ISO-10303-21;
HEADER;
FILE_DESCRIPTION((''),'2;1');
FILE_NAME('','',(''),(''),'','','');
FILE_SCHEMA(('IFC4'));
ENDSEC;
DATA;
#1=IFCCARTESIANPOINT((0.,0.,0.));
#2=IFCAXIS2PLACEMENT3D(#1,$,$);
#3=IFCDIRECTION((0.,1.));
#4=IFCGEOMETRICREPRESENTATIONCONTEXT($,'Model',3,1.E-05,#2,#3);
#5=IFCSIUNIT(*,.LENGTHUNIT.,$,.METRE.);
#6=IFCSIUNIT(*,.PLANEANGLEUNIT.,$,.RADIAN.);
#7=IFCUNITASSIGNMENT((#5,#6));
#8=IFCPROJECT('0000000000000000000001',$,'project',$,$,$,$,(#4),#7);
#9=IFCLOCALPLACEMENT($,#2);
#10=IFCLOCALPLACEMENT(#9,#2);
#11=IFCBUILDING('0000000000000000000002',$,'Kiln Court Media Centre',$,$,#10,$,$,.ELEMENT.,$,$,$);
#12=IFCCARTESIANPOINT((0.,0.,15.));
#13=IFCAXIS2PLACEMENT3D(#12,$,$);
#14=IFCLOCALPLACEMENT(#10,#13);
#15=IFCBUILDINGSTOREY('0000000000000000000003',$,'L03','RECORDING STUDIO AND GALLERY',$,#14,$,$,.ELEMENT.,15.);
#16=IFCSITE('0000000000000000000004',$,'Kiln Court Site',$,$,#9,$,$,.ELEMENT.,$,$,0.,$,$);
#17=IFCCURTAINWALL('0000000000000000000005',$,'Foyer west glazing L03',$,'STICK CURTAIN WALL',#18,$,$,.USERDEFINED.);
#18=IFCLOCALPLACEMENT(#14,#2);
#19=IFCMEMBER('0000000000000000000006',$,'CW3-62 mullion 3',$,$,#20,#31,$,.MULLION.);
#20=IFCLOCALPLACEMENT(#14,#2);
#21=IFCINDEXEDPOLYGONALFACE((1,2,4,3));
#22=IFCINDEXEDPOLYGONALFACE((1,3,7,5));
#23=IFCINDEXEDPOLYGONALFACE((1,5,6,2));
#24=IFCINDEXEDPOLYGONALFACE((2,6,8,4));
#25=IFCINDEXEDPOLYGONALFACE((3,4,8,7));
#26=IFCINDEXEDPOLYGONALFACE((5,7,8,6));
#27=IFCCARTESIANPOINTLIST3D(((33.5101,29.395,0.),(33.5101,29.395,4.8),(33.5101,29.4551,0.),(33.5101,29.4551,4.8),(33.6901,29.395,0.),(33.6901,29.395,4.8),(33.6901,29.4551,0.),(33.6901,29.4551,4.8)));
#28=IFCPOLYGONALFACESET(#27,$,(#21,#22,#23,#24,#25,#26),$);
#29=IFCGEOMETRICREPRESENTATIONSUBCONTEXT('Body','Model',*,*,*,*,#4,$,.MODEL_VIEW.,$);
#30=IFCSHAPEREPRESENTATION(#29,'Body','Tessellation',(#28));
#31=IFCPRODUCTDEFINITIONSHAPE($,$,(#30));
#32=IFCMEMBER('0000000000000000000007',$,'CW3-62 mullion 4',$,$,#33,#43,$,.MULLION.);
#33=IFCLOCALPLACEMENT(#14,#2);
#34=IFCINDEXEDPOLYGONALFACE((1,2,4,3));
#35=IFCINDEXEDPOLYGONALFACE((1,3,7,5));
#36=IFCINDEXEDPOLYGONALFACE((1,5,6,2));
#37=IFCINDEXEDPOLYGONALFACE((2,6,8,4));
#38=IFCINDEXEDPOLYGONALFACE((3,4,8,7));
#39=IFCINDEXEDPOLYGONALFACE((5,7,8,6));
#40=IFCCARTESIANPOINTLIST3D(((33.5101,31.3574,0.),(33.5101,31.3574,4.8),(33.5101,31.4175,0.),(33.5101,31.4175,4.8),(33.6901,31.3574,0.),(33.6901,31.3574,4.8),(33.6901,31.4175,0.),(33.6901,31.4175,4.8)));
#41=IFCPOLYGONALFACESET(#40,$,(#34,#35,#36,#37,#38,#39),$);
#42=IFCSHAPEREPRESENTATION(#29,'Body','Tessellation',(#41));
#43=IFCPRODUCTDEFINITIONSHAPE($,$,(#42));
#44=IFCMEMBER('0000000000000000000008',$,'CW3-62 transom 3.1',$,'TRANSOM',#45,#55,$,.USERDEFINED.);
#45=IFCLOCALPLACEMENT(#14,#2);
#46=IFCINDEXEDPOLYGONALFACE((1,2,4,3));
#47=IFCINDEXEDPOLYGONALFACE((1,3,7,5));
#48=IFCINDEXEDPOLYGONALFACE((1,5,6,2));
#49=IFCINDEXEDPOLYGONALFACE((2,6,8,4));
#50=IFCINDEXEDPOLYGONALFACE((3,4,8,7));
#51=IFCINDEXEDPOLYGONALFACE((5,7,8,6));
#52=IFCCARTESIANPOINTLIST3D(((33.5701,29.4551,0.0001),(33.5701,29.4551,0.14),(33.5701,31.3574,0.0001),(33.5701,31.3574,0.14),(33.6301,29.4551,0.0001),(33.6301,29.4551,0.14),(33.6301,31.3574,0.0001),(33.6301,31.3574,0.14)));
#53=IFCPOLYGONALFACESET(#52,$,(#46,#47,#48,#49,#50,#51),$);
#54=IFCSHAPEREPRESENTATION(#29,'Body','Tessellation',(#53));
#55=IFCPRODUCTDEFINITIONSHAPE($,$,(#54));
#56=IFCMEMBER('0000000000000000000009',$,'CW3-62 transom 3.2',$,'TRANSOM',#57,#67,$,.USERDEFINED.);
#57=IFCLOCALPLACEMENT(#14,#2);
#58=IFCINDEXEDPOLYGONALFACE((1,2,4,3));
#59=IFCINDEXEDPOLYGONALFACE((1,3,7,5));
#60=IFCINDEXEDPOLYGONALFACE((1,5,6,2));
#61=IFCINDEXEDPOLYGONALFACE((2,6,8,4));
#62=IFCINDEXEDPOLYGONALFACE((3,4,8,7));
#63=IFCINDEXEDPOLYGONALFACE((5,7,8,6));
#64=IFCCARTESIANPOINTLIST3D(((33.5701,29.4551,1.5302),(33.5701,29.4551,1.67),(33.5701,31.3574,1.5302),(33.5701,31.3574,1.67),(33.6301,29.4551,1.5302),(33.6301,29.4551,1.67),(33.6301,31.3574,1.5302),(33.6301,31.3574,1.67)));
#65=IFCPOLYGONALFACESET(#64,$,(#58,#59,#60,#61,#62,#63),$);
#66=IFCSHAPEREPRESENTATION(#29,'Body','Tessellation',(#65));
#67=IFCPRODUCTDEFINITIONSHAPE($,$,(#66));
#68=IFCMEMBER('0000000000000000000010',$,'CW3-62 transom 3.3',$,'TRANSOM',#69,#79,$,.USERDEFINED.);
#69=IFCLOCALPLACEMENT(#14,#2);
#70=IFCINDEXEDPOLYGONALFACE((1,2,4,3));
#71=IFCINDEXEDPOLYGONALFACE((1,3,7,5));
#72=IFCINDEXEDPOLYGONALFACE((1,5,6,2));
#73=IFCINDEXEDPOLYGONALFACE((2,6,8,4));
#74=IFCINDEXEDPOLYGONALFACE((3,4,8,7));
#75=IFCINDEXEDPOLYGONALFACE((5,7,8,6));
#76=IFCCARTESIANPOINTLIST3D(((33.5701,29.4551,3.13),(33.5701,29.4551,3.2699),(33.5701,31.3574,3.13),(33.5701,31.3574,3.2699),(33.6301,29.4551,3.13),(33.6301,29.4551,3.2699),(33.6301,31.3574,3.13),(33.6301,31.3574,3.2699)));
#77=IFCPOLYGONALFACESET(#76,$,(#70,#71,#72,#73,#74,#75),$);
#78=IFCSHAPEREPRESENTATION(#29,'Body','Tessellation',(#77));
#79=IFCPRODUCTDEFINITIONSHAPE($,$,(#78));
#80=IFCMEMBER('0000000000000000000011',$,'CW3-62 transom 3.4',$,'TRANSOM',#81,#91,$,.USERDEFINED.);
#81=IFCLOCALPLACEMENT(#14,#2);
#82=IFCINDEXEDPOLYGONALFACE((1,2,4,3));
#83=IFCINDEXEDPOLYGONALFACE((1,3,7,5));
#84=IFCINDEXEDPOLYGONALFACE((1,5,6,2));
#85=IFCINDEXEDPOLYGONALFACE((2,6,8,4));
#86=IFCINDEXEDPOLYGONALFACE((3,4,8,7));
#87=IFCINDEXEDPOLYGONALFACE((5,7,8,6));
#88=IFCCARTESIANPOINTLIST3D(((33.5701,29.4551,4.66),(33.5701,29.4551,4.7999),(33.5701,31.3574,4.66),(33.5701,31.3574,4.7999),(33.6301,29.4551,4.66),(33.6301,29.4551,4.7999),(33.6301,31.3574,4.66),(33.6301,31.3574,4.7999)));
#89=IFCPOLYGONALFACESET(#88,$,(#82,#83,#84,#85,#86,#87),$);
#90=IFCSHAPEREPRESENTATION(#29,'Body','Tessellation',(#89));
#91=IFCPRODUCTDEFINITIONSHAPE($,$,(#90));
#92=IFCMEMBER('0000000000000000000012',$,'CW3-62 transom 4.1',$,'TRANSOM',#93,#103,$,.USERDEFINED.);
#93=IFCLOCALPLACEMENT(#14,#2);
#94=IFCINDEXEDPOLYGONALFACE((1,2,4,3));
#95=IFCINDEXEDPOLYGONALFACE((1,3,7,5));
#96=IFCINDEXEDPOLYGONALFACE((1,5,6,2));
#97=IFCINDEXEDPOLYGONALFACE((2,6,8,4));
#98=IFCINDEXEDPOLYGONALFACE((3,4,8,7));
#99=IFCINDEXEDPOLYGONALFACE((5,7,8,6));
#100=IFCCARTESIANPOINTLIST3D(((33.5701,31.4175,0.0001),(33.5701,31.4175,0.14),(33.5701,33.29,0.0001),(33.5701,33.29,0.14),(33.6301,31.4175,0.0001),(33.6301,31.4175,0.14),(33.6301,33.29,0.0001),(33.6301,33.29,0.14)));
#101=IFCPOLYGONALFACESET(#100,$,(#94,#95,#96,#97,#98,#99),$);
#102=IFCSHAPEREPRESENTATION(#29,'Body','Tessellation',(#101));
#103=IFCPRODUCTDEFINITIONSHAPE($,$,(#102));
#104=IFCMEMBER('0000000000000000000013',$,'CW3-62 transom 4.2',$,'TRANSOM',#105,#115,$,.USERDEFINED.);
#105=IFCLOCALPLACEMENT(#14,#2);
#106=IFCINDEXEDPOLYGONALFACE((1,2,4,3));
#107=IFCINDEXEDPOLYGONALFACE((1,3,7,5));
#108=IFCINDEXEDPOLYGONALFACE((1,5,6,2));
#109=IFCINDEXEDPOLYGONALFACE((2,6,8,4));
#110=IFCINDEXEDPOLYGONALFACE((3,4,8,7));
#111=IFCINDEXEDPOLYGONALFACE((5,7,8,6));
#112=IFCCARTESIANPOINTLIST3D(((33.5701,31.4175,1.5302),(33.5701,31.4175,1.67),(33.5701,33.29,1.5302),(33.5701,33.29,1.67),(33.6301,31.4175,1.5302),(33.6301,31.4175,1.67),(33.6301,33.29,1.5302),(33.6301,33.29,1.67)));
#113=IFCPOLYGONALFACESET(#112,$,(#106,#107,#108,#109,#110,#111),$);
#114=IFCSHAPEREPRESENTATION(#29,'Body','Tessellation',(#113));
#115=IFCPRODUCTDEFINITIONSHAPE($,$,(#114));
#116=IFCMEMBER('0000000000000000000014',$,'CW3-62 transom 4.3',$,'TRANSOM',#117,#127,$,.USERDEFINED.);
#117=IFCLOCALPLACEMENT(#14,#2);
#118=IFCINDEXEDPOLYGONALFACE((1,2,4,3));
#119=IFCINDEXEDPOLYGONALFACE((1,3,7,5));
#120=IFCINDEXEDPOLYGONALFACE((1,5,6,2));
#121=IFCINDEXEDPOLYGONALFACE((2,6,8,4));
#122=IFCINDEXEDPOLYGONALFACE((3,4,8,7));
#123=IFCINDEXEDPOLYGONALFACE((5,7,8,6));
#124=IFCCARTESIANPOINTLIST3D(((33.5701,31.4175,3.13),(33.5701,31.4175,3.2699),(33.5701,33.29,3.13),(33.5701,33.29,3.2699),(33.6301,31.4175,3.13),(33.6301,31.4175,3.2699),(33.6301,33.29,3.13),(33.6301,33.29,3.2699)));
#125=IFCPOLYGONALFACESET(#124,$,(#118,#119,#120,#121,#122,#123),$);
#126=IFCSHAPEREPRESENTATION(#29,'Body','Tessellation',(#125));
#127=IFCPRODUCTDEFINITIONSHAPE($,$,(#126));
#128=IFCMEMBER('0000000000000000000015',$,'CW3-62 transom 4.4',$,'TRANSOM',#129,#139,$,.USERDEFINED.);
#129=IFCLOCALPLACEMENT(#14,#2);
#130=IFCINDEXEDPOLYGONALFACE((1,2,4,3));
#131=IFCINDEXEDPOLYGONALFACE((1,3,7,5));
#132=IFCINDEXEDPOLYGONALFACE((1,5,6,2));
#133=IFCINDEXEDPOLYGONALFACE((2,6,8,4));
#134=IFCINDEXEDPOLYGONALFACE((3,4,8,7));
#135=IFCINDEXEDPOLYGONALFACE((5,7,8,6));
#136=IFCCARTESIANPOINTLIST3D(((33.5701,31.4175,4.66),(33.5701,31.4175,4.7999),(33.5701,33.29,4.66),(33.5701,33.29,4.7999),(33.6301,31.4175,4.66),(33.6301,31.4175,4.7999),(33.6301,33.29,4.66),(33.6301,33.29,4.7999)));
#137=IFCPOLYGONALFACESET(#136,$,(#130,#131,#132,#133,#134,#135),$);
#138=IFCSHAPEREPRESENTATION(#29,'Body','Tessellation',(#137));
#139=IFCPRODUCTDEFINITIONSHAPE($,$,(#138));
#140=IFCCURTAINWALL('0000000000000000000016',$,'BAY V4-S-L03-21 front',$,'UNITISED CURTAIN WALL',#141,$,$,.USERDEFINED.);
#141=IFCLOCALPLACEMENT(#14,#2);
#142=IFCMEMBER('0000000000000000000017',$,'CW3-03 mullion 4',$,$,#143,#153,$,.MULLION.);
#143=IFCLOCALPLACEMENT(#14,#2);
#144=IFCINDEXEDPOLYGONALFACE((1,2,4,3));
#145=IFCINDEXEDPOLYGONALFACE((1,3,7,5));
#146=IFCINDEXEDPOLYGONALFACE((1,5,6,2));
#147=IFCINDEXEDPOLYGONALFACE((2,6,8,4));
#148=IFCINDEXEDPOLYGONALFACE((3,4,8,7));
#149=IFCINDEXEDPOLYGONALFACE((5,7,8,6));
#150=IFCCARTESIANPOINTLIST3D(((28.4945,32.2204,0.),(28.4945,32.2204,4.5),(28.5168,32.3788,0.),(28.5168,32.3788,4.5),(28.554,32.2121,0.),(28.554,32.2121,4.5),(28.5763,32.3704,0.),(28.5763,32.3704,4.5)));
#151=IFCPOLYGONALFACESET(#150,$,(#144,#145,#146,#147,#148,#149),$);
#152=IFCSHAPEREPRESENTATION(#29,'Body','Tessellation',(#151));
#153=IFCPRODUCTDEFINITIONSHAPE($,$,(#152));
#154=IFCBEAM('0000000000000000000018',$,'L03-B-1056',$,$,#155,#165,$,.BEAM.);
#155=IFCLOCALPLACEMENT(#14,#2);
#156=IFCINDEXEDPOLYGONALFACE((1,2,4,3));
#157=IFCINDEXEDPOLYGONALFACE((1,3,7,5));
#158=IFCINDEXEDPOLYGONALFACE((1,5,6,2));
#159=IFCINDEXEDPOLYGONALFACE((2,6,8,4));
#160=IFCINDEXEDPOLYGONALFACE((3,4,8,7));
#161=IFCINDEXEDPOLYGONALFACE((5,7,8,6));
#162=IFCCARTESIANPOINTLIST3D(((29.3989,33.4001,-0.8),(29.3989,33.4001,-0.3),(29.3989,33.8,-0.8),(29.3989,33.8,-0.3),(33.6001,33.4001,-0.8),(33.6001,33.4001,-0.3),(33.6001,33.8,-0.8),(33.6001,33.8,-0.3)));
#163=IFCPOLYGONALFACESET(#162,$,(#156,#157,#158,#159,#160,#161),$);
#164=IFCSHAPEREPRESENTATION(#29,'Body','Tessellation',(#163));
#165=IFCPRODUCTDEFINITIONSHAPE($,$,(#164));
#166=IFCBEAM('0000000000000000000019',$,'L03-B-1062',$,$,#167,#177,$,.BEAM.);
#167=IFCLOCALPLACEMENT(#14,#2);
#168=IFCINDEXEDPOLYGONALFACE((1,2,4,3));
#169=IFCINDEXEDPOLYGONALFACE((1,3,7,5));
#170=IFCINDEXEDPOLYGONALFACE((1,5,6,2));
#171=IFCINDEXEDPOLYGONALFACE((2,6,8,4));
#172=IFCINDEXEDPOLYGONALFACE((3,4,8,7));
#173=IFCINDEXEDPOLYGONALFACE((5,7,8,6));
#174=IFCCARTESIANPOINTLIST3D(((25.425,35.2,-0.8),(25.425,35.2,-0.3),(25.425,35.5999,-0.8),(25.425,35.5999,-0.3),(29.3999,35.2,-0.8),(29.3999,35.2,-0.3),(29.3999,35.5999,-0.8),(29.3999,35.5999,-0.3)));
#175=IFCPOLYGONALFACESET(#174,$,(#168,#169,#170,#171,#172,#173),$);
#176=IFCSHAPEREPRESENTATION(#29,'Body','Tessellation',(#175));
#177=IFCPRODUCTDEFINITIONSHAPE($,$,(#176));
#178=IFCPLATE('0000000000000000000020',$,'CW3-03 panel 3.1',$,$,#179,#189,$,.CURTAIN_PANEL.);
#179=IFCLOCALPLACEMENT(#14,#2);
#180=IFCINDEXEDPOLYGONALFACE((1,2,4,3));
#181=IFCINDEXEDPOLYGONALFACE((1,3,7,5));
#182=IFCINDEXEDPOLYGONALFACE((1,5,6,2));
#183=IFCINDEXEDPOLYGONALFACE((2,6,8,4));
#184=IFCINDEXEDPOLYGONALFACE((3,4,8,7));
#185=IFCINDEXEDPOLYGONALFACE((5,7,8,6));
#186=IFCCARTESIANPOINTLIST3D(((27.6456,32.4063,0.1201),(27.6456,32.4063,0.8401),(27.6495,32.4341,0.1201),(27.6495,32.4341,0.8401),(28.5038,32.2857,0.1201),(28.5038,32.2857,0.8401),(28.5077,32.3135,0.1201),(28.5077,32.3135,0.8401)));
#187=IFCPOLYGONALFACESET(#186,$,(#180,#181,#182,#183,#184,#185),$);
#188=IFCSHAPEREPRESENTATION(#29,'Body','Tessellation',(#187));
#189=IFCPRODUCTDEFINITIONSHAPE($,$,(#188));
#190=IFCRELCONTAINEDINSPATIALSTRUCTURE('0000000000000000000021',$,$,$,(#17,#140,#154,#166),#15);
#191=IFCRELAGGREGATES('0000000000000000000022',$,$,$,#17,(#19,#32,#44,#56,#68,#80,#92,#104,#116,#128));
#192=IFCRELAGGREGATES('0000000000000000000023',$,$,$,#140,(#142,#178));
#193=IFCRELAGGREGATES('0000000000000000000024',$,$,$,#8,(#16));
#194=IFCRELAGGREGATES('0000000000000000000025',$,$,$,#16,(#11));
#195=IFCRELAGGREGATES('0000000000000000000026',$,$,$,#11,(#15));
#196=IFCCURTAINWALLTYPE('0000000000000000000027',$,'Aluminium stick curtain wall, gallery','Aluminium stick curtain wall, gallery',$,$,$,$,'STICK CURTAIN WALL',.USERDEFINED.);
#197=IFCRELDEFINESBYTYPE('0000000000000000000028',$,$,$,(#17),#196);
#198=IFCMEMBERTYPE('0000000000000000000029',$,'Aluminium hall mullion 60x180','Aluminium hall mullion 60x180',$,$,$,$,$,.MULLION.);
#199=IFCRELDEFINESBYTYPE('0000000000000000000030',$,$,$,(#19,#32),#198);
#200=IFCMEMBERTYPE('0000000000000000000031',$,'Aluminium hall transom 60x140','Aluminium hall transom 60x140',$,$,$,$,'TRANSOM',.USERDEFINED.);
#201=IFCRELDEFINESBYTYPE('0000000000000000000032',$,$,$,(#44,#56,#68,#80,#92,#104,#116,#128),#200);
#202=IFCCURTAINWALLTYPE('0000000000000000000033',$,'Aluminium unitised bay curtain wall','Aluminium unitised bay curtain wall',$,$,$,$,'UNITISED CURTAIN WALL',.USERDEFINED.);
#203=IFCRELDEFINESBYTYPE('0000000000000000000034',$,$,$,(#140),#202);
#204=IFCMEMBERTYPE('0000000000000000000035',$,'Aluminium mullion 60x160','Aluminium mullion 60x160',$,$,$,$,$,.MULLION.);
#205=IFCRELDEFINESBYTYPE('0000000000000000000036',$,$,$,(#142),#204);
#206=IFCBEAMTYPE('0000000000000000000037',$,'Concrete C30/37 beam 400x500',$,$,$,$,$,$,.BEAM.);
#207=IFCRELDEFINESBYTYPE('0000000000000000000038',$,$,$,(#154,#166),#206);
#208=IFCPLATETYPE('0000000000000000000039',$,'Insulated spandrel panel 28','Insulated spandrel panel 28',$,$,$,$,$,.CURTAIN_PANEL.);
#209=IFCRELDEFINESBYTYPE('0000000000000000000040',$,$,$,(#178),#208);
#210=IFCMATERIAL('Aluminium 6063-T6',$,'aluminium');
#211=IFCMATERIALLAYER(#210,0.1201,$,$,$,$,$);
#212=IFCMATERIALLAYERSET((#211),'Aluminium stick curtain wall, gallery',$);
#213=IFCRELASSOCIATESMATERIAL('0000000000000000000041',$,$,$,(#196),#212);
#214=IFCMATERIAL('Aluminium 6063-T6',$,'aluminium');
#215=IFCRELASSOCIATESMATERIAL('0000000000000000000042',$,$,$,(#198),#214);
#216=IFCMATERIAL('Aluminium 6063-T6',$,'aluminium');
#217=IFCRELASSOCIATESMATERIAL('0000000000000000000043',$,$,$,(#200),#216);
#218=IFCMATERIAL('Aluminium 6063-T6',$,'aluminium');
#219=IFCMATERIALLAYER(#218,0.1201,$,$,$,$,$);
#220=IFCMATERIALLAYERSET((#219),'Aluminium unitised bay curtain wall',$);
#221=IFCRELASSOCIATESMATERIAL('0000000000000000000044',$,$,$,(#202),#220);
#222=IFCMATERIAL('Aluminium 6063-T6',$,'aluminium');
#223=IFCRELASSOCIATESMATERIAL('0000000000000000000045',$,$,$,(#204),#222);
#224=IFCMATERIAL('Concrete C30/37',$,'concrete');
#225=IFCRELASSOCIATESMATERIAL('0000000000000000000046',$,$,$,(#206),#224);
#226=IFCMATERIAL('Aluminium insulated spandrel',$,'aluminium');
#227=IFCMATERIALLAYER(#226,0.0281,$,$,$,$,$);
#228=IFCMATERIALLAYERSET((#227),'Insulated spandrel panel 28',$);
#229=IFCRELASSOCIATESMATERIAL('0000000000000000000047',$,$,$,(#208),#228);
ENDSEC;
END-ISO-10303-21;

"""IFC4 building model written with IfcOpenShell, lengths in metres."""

from ifc_helpers import new_model, si_unit, direction, frame, origin, origin_2d, place, context, subcontext, project, spatial, rectangle, extrude, material, layer, layer_set, material_profile, profile_set, type_object, element, aggregate, save


model = new_model("IFC4")

# Units and contexts
model_context = context("Model", 3, precision=1e-05, world=origin(), true_north=direction((0.0, 1.0)))
body_context = subcontext(model_context, "Body", "Model", "MODEL_VIEW")
ifc_project = project(units=[si_unit("LENGTHUNIT", "METRE"), si_unit("PLANEANGLEUNIT", "RADIAN")], contexts=[model_context])

# Site, building, storey
site_placement = place(None, origin())
site = spatial("IfcSite", under=ifc_project, at=site_placement, Name="Kiln Court Site", CompositionType="ELEMENT", RefElevation=0.0)
building_placement = place(site_placement, origin())
building = spatial("IfcBuilding", under=site, at=building_placement, Name="Kiln Court Media Centre", CompositionType="ELEMENT")
storey_placement = place(building_placement, frame((0.0, 0.0, 15.0)))
storey = spatial("IfcBuildingStorey", under=building, at=storey_placement, Name="L03", Description="RECORDING STUDIO AND GALLERY", CompositionType="ELEMENT", Elevation=15.0)

# Curtain wall, members
ifc_material_1 = material(Name="Aluminium 6063-T6", Category="aluminium")
ifc_layer_1 = layer(ifc_material_1, 0.1201)
ifc_layer_set_1 = layer_set([ifc_layer_1], Name="Aluminium stick curtain wall, gallery")
curtain_wall_type_1 = type_object("IfcCurtainWallType", Name="Aluminium stick curtain wall, gallery", Description="Aluminium stick curtain wall, gallery", ElementType="STICK CURTAIN WALL", PredefinedType="USERDEFINED", material=ifc_layer_set_1)
curtain_wall_1_placement = place(storey_placement, origin())
curtain_wall_1 = element("IfcCurtainWall", 1, at=curtain_wall_1_placement, inside=storey, type_object=curtain_wall_type_1, Name="Foyer west glazing L03", ObjectType="STICK CURTAIN WALL", PredefinedType="USERDEFINED")
ifc_material_2 = material(Name="Aluminium 6063-T6", Category="aluminium")
ifc_material_profile_1 = material_profile(ifc_material_2, rectangle(XDim=0.0601, YDim=0.1799, at=origin_2d()), Name="Aluminium hall mullion 60x180")
ifc_profile_set_1 = profile_set([ifc_material_profile_1], Name="Aluminium 6063-T6")
member_type_1 = type_object("IfcMemberType", Name="Aluminium hall mullion 60x180", Description="Aluminium hall mullion 60x180", PredefinedType="MULLION", material=ifc_profile_set_1)
member_1_placement = place(storey_placement, frame((33.6001, 29.425, 0.0), z_axis=(0.0, 0.0, 1.0), x_axis=(0.0, 1.0, 0.0)))
member_1 = element("IfcMember", 2, at=member_1_placement, type_object=member_type_1, Name="CW3-62 mullion 3", PredefinedType="MULLION", context=body_context, shape_type="SweptSolid", body=[
    extrude(rectangle(XDim=0.0601, YDim=0.1799, at=origin_2d()), origin(), (0.0, 0.0, 1.0), 4.8),
])
member_2_placement = place(storey_placement, frame((33.6001, 31.3875, 0.0), z_axis=(0.0, 0.0, 1.0), x_axis=(0.0, 1.0, 0.0)))
member_2 = element("IfcMember", 3, at=member_2_placement, type_object=member_type_1, Name="CW3-62 mullion 4", PredefinedType="MULLION", context=body_context, shape_type="SweptSolid", body=[
    extrude(rectangle(XDim=0.0601, YDim=0.1799, at=origin_2d()), origin(), (0.0, 0.0, 1.0), 4.8),
])
ifc_material_3 = material(Name="Aluminium 6063-T6", Category="aluminium")
ifc_material_profile_2 = material_profile(ifc_material_3, rectangle(XDim=0.0601, YDim=0.1399, at=origin_2d()), Name="Aluminium hall transom 60x140")
ifc_profile_set_2 = profile_set([ifc_material_profile_2], Name="Aluminium 6063-T6")
member_type_2 = type_object("IfcMemberType", Name="Aluminium hall transom 60x140", Description="Aluminium hall transom 60x140", ElementType="TRANSOM", PredefinedType="USERDEFINED", material=ifc_profile_set_2)
member_3_placement = place(storey_placement, frame((33.6001, 29.4551, 0.0701), z_axis=(0.0, 1.0, 0.0), x_axis=(-1.0, 0.0, 0.0)))
member_3 = element("IfcMember", 4, at=member_3_placement, type_object=member_type_2, Name="CW3-62 transom 3.1", ObjectType="TRANSOM", PredefinedType="USERDEFINED", context=body_context, shape_type="SweptSolid", body=[
    extrude(rectangle(XDim=0.0601, YDim=0.1399, at=origin_2d()), origin(), (0.0, 0.0, 1.0), 1.9023),
])
member_4_placement = place(storey_placement, frame((33.6001, 29.4551, 1.6001), z_axis=(0.0, 1.0, 0.0), x_axis=(-1.0, 0.0, 0.0)))
member_4 = element("IfcMember", 5, at=member_4_placement, type_object=member_type_2, Name="CW3-62 transom 3.2", ObjectType="TRANSOM", PredefinedType="USERDEFINED", context=body_context, shape_type="SweptSolid", body=[
    extrude(rectangle(XDim=0.0601, YDim=0.1399, at=origin_2d()), origin(), (0.0, 0.0, 1.0), 1.9023),
])
member_5_placement = place(storey_placement, frame((33.6001, 29.4551, 3.2), z_axis=(0.0, 1.0, 0.0), x_axis=(-1.0, 0.0, 0.0)))
member_5 = element("IfcMember", 6, at=member_5_placement, type_object=member_type_2, Name="CW3-62 transom 3.3", ObjectType="TRANSOM", PredefinedType="USERDEFINED", context=body_context, shape_type="SweptSolid", body=[
    extrude(rectangle(XDim=0.0601, YDim=0.1399, at=origin_2d()), origin(), (0.0, 0.0, 1.0), 1.9023),
])
member_6_placement = place(storey_placement, frame((33.6001, 29.4551, 4.73), z_axis=(0.0, 1.0, 0.0), x_axis=(-1.0, 0.0, 0.0)))
member_6 = element("IfcMember", 7, at=member_6_placement, type_object=member_type_2, Name="CW3-62 transom 3.4", ObjectType="TRANSOM", PredefinedType="USERDEFINED", context=body_context, shape_type="SweptSolid", body=[
    extrude(rectangle(XDim=0.0601, YDim=0.1399, at=origin_2d()), origin(), (0.0, 0.0, 1.0), 1.9023),
])
member_7_placement = place(storey_placement, frame((33.6001, 31.4175, 0.0701), z_axis=(0.0, 1.0, 0.0), x_axis=(-1.0, 0.0, 0.0)))
member_7 = element("IfcMember", 8, at=member_7_placement, type_object=member_type_2, Name="CW3-62 transom 4.1", ObjectType="TRANSOM", PredefinedType="USERDEFINED", context=body_context, shape_type="SweptSolid", body=[
    extrude(rectangle(XDim=0.0601, YDim=0.1399, at=origin_2d()), origin(), (0.0, 0.0, 1.0), 1.8726),
])
member_8_placement = place(storey_placement, frame((33.6001, 31.4175, 1.6001), z_axis=(0.0, 1.0, 0.0), x_axis=(-1.0, 0.0, 0.0)))
member_8 = element("IfcMember", 9, at=member_8_placement, type_object=member_type_2, Name="CW3-62 transom 4.2", ObjectType="TRANSOM", PredefinedType="USERDEFINED", context=body_context, shape_type="SweptSolid", body=[
    extrude(rectangle(XDim=0.0601, YDim=0.1399, at=origin_2d()), origin(), (0.0, 0.0, 1.0), 1.8726),
])
member_9_placement = place(storey_placement, frame((33.6001, 31.4175, 3.2), z_axis=(0.0, 1.0, 0.0), x_axis=(-1.0, 0.0, 0.0)))
member_9 = element("IfcMember", 10, at=member_9_placement, type_object=member_type_2, Name="CW3-62 transom 4.3", ObjectType="TRANSOM", PredefinedType="USERDEFINED", context=body_context, shape_type="SweptSolid", body=[
    extrude(rectangle(XDim=0.0601, YDim=0.1399, at=origin_2d()), origin(), (0.0, 0.0, 1.0), 1.8726),
])
member_10_placement = place(storey_placement, frame((33.6001, 31.4175, 4.73), z_axis=(0.0, 1.0, 0.0), x_axis=(-1.0, 0.0, 0.0)))
member_10 = element("IfcMember", 11, at=member_10_placement, type_object=member_type_2, Name="CW3-62 transom 4.4", ObjectType="TRANSOM", PredefinedType="USERDEFINED", context=body_context, shape_type="SweptSolid", body=[
    extrude(rectangle(XDim=0.0601, YDim=0.1399, at=origin_2d()), origin(), (0.0, 0.0, 1.0), 1.8726),
])

# Curtain wall, member
ifc_material_4 = material(Name="Aluminium 6063-T6", Category="aluminium")
ifc_layer_2 = layer(ifc_material_4, 0.1201)
ifc_layer_set_2 = layer_set([ifc_layer_2], Name="Aluminium unitised bay curtain wall")
curtain_wall_type_2 = type_object("IfcCurtainWallType", Name="Aluminium unitised bay curtain wall", Description="Aluminium unitised bay curtain wall", ElementType="UNITISED CURTAIN WALL", PredefinedType="USERDEFINED", material=ifc_layer_set_2)
curtain_wall_2_placement = place(storey_placement, origin())
curtain_wall_2 = element("IfcCurtainWall", 12, at=curtain_wall_2_placement, inside=storey, type_object=curtain_wall_type_2, Name="BAY V4-S-L03-21 front", ObjectType="UNITISED CURTAIN WALL", PredefinedType="USERDEFINED")
ifc_material_5 = material(Name="Aluminium 6063-T6", Category="aluminium")
ifc_material_profile_3 = material_profile(ifc_material_5, rectangle(XDim=0.0601, YDim=0.1599, at=origin_2d()), Name="Aluminium mullion 60x160")
ifc_profile_set_3 = profile_set([ifc_material_profile_3], Name="Aluminium 6063-T6")
member_type_3 = type_object("IfcMemberType", Name="Aluminium mullion 60x160", Description="Aluminium mullion 60x160", PredefinedType="MULLION", material=ifc_profile_set_3)
member_11_placement = place(storey_placement, frame((28.5354, 32.2954, 0.0), z_axis=(0.0, 0.0, 1.0), x_axis=(0.99027, -0.139162, 0.0)))
member_11 = element("IfcMember", 13, at=member_11_placement, type_object=member_type_3, Name="CW3-03 mullion 4", PredefinedType="MULLION", context=body_context, shape_type="SweptSolid", body=[
    extrude(rectangle(XDim=0.0601, YDim=0.1599, at=origin_2d()), origin(), (0.0, 0.0, 1.0), 4.5),
])

# Beams
ifc_material_6 = material(Name="Concrete C30/37", Category="concrete")
ifc_material_profile_4 = material_profile(ifc_material_6, rectangle(XDim=0.3999, YDim=0.5, at=origin_2d()), Name="RC 400x500")
ifc_profile_set_4 = profile_set([ifc_material_profile_4], Name="Concrete C30/37")
beam_type = type_object("IfcBeamType", Name="Concrete C30/37 beam 400x500", PredefinedType="BEAM", material=ifc_profile_set_4)
beam_1_placement = place(storey_placement, frame((29.3989, 33.6001, -0.55), z_axis=(1.0, 0.0, 0.0), x_axis=(0.0, 1.0, 0.0)))
element("IfcBeam", 14, at=beam_1_placement, inside=storey, type_object=beam_type, Name="L03-B-1056", PredefinedType="BEAM", context=body_context, shape_type="SweptSolid", body=[
    extrude(rectangle(XDim=0.3999, YDim=0.5, at=origin_2d()), origin(), (0.0, 0.0, 1.0), 4.2012),
])
beam_2_placement = place(storey_placement, frame((29.3999, 35.3999, -0.55), z_axis=(-1.0, 0.0, 0.0), x_axis=(0.0, -1.0, 0.0)))
element("IfcBeam", 15, at=beam_2_placement, inside=storey, type_object=beam_type, Name="L03-B-1062", PredefinedType="BEAM", context=body_context, shape_type="SweptSolid", body=[
    extrude(rectangle(XDim=0.3999, YDim=0.5, at=origin_2d()), origin(), (0.0, 0.0, 1.0), 3.9749),
])

# Plate
ifc_material_7 = material(Name="Aluminium insulated spandrel", Category="aluminium")
ifc_layer_3 = layer(ifc_material_7, 0.0281)
ifc_layer_set_3 = layer_set([ifc_layer_3], Name="Insulated spandrel panel 28")
plate_type_1 = type_object("IfcPlateType", Name="Insulated spandrel panel 28", Description="Insulated spandrel panel 28", PredefinedType="CURTAIN_PANEL", material=ifc_layer_set_3)
plate_1_placement = place(storey_placement, frame((28.0767, 32.3599, 0.1201), z_axis=(0.0, 0.0, 1.0), x_axis=(0.99027, -0.139162, 0.0)))
plate_1 = element("IfcPlate", 16, at=plate_1_placement, type_object=plate_type_1, Name="CW3-03 panel 3.1", PredefinedType="CURTAIN_PANEL", context=body_context, shape_type="SweptSolid", body=[
    extrude(rectangle(XDim=0.8667, YDim=0.0281, at=origin_2d()), origin(), (0.0, 0.0, 1.0), 0.72),
])
aggregate(curtain_wall_1, [member_1, member_2, member_3, member_4, member_5, member_6, member_7, member_8, member_9, member_10])
aggregate(curtain_wall_2, [member_11, plate_1])

save(model, "model.ifc")
